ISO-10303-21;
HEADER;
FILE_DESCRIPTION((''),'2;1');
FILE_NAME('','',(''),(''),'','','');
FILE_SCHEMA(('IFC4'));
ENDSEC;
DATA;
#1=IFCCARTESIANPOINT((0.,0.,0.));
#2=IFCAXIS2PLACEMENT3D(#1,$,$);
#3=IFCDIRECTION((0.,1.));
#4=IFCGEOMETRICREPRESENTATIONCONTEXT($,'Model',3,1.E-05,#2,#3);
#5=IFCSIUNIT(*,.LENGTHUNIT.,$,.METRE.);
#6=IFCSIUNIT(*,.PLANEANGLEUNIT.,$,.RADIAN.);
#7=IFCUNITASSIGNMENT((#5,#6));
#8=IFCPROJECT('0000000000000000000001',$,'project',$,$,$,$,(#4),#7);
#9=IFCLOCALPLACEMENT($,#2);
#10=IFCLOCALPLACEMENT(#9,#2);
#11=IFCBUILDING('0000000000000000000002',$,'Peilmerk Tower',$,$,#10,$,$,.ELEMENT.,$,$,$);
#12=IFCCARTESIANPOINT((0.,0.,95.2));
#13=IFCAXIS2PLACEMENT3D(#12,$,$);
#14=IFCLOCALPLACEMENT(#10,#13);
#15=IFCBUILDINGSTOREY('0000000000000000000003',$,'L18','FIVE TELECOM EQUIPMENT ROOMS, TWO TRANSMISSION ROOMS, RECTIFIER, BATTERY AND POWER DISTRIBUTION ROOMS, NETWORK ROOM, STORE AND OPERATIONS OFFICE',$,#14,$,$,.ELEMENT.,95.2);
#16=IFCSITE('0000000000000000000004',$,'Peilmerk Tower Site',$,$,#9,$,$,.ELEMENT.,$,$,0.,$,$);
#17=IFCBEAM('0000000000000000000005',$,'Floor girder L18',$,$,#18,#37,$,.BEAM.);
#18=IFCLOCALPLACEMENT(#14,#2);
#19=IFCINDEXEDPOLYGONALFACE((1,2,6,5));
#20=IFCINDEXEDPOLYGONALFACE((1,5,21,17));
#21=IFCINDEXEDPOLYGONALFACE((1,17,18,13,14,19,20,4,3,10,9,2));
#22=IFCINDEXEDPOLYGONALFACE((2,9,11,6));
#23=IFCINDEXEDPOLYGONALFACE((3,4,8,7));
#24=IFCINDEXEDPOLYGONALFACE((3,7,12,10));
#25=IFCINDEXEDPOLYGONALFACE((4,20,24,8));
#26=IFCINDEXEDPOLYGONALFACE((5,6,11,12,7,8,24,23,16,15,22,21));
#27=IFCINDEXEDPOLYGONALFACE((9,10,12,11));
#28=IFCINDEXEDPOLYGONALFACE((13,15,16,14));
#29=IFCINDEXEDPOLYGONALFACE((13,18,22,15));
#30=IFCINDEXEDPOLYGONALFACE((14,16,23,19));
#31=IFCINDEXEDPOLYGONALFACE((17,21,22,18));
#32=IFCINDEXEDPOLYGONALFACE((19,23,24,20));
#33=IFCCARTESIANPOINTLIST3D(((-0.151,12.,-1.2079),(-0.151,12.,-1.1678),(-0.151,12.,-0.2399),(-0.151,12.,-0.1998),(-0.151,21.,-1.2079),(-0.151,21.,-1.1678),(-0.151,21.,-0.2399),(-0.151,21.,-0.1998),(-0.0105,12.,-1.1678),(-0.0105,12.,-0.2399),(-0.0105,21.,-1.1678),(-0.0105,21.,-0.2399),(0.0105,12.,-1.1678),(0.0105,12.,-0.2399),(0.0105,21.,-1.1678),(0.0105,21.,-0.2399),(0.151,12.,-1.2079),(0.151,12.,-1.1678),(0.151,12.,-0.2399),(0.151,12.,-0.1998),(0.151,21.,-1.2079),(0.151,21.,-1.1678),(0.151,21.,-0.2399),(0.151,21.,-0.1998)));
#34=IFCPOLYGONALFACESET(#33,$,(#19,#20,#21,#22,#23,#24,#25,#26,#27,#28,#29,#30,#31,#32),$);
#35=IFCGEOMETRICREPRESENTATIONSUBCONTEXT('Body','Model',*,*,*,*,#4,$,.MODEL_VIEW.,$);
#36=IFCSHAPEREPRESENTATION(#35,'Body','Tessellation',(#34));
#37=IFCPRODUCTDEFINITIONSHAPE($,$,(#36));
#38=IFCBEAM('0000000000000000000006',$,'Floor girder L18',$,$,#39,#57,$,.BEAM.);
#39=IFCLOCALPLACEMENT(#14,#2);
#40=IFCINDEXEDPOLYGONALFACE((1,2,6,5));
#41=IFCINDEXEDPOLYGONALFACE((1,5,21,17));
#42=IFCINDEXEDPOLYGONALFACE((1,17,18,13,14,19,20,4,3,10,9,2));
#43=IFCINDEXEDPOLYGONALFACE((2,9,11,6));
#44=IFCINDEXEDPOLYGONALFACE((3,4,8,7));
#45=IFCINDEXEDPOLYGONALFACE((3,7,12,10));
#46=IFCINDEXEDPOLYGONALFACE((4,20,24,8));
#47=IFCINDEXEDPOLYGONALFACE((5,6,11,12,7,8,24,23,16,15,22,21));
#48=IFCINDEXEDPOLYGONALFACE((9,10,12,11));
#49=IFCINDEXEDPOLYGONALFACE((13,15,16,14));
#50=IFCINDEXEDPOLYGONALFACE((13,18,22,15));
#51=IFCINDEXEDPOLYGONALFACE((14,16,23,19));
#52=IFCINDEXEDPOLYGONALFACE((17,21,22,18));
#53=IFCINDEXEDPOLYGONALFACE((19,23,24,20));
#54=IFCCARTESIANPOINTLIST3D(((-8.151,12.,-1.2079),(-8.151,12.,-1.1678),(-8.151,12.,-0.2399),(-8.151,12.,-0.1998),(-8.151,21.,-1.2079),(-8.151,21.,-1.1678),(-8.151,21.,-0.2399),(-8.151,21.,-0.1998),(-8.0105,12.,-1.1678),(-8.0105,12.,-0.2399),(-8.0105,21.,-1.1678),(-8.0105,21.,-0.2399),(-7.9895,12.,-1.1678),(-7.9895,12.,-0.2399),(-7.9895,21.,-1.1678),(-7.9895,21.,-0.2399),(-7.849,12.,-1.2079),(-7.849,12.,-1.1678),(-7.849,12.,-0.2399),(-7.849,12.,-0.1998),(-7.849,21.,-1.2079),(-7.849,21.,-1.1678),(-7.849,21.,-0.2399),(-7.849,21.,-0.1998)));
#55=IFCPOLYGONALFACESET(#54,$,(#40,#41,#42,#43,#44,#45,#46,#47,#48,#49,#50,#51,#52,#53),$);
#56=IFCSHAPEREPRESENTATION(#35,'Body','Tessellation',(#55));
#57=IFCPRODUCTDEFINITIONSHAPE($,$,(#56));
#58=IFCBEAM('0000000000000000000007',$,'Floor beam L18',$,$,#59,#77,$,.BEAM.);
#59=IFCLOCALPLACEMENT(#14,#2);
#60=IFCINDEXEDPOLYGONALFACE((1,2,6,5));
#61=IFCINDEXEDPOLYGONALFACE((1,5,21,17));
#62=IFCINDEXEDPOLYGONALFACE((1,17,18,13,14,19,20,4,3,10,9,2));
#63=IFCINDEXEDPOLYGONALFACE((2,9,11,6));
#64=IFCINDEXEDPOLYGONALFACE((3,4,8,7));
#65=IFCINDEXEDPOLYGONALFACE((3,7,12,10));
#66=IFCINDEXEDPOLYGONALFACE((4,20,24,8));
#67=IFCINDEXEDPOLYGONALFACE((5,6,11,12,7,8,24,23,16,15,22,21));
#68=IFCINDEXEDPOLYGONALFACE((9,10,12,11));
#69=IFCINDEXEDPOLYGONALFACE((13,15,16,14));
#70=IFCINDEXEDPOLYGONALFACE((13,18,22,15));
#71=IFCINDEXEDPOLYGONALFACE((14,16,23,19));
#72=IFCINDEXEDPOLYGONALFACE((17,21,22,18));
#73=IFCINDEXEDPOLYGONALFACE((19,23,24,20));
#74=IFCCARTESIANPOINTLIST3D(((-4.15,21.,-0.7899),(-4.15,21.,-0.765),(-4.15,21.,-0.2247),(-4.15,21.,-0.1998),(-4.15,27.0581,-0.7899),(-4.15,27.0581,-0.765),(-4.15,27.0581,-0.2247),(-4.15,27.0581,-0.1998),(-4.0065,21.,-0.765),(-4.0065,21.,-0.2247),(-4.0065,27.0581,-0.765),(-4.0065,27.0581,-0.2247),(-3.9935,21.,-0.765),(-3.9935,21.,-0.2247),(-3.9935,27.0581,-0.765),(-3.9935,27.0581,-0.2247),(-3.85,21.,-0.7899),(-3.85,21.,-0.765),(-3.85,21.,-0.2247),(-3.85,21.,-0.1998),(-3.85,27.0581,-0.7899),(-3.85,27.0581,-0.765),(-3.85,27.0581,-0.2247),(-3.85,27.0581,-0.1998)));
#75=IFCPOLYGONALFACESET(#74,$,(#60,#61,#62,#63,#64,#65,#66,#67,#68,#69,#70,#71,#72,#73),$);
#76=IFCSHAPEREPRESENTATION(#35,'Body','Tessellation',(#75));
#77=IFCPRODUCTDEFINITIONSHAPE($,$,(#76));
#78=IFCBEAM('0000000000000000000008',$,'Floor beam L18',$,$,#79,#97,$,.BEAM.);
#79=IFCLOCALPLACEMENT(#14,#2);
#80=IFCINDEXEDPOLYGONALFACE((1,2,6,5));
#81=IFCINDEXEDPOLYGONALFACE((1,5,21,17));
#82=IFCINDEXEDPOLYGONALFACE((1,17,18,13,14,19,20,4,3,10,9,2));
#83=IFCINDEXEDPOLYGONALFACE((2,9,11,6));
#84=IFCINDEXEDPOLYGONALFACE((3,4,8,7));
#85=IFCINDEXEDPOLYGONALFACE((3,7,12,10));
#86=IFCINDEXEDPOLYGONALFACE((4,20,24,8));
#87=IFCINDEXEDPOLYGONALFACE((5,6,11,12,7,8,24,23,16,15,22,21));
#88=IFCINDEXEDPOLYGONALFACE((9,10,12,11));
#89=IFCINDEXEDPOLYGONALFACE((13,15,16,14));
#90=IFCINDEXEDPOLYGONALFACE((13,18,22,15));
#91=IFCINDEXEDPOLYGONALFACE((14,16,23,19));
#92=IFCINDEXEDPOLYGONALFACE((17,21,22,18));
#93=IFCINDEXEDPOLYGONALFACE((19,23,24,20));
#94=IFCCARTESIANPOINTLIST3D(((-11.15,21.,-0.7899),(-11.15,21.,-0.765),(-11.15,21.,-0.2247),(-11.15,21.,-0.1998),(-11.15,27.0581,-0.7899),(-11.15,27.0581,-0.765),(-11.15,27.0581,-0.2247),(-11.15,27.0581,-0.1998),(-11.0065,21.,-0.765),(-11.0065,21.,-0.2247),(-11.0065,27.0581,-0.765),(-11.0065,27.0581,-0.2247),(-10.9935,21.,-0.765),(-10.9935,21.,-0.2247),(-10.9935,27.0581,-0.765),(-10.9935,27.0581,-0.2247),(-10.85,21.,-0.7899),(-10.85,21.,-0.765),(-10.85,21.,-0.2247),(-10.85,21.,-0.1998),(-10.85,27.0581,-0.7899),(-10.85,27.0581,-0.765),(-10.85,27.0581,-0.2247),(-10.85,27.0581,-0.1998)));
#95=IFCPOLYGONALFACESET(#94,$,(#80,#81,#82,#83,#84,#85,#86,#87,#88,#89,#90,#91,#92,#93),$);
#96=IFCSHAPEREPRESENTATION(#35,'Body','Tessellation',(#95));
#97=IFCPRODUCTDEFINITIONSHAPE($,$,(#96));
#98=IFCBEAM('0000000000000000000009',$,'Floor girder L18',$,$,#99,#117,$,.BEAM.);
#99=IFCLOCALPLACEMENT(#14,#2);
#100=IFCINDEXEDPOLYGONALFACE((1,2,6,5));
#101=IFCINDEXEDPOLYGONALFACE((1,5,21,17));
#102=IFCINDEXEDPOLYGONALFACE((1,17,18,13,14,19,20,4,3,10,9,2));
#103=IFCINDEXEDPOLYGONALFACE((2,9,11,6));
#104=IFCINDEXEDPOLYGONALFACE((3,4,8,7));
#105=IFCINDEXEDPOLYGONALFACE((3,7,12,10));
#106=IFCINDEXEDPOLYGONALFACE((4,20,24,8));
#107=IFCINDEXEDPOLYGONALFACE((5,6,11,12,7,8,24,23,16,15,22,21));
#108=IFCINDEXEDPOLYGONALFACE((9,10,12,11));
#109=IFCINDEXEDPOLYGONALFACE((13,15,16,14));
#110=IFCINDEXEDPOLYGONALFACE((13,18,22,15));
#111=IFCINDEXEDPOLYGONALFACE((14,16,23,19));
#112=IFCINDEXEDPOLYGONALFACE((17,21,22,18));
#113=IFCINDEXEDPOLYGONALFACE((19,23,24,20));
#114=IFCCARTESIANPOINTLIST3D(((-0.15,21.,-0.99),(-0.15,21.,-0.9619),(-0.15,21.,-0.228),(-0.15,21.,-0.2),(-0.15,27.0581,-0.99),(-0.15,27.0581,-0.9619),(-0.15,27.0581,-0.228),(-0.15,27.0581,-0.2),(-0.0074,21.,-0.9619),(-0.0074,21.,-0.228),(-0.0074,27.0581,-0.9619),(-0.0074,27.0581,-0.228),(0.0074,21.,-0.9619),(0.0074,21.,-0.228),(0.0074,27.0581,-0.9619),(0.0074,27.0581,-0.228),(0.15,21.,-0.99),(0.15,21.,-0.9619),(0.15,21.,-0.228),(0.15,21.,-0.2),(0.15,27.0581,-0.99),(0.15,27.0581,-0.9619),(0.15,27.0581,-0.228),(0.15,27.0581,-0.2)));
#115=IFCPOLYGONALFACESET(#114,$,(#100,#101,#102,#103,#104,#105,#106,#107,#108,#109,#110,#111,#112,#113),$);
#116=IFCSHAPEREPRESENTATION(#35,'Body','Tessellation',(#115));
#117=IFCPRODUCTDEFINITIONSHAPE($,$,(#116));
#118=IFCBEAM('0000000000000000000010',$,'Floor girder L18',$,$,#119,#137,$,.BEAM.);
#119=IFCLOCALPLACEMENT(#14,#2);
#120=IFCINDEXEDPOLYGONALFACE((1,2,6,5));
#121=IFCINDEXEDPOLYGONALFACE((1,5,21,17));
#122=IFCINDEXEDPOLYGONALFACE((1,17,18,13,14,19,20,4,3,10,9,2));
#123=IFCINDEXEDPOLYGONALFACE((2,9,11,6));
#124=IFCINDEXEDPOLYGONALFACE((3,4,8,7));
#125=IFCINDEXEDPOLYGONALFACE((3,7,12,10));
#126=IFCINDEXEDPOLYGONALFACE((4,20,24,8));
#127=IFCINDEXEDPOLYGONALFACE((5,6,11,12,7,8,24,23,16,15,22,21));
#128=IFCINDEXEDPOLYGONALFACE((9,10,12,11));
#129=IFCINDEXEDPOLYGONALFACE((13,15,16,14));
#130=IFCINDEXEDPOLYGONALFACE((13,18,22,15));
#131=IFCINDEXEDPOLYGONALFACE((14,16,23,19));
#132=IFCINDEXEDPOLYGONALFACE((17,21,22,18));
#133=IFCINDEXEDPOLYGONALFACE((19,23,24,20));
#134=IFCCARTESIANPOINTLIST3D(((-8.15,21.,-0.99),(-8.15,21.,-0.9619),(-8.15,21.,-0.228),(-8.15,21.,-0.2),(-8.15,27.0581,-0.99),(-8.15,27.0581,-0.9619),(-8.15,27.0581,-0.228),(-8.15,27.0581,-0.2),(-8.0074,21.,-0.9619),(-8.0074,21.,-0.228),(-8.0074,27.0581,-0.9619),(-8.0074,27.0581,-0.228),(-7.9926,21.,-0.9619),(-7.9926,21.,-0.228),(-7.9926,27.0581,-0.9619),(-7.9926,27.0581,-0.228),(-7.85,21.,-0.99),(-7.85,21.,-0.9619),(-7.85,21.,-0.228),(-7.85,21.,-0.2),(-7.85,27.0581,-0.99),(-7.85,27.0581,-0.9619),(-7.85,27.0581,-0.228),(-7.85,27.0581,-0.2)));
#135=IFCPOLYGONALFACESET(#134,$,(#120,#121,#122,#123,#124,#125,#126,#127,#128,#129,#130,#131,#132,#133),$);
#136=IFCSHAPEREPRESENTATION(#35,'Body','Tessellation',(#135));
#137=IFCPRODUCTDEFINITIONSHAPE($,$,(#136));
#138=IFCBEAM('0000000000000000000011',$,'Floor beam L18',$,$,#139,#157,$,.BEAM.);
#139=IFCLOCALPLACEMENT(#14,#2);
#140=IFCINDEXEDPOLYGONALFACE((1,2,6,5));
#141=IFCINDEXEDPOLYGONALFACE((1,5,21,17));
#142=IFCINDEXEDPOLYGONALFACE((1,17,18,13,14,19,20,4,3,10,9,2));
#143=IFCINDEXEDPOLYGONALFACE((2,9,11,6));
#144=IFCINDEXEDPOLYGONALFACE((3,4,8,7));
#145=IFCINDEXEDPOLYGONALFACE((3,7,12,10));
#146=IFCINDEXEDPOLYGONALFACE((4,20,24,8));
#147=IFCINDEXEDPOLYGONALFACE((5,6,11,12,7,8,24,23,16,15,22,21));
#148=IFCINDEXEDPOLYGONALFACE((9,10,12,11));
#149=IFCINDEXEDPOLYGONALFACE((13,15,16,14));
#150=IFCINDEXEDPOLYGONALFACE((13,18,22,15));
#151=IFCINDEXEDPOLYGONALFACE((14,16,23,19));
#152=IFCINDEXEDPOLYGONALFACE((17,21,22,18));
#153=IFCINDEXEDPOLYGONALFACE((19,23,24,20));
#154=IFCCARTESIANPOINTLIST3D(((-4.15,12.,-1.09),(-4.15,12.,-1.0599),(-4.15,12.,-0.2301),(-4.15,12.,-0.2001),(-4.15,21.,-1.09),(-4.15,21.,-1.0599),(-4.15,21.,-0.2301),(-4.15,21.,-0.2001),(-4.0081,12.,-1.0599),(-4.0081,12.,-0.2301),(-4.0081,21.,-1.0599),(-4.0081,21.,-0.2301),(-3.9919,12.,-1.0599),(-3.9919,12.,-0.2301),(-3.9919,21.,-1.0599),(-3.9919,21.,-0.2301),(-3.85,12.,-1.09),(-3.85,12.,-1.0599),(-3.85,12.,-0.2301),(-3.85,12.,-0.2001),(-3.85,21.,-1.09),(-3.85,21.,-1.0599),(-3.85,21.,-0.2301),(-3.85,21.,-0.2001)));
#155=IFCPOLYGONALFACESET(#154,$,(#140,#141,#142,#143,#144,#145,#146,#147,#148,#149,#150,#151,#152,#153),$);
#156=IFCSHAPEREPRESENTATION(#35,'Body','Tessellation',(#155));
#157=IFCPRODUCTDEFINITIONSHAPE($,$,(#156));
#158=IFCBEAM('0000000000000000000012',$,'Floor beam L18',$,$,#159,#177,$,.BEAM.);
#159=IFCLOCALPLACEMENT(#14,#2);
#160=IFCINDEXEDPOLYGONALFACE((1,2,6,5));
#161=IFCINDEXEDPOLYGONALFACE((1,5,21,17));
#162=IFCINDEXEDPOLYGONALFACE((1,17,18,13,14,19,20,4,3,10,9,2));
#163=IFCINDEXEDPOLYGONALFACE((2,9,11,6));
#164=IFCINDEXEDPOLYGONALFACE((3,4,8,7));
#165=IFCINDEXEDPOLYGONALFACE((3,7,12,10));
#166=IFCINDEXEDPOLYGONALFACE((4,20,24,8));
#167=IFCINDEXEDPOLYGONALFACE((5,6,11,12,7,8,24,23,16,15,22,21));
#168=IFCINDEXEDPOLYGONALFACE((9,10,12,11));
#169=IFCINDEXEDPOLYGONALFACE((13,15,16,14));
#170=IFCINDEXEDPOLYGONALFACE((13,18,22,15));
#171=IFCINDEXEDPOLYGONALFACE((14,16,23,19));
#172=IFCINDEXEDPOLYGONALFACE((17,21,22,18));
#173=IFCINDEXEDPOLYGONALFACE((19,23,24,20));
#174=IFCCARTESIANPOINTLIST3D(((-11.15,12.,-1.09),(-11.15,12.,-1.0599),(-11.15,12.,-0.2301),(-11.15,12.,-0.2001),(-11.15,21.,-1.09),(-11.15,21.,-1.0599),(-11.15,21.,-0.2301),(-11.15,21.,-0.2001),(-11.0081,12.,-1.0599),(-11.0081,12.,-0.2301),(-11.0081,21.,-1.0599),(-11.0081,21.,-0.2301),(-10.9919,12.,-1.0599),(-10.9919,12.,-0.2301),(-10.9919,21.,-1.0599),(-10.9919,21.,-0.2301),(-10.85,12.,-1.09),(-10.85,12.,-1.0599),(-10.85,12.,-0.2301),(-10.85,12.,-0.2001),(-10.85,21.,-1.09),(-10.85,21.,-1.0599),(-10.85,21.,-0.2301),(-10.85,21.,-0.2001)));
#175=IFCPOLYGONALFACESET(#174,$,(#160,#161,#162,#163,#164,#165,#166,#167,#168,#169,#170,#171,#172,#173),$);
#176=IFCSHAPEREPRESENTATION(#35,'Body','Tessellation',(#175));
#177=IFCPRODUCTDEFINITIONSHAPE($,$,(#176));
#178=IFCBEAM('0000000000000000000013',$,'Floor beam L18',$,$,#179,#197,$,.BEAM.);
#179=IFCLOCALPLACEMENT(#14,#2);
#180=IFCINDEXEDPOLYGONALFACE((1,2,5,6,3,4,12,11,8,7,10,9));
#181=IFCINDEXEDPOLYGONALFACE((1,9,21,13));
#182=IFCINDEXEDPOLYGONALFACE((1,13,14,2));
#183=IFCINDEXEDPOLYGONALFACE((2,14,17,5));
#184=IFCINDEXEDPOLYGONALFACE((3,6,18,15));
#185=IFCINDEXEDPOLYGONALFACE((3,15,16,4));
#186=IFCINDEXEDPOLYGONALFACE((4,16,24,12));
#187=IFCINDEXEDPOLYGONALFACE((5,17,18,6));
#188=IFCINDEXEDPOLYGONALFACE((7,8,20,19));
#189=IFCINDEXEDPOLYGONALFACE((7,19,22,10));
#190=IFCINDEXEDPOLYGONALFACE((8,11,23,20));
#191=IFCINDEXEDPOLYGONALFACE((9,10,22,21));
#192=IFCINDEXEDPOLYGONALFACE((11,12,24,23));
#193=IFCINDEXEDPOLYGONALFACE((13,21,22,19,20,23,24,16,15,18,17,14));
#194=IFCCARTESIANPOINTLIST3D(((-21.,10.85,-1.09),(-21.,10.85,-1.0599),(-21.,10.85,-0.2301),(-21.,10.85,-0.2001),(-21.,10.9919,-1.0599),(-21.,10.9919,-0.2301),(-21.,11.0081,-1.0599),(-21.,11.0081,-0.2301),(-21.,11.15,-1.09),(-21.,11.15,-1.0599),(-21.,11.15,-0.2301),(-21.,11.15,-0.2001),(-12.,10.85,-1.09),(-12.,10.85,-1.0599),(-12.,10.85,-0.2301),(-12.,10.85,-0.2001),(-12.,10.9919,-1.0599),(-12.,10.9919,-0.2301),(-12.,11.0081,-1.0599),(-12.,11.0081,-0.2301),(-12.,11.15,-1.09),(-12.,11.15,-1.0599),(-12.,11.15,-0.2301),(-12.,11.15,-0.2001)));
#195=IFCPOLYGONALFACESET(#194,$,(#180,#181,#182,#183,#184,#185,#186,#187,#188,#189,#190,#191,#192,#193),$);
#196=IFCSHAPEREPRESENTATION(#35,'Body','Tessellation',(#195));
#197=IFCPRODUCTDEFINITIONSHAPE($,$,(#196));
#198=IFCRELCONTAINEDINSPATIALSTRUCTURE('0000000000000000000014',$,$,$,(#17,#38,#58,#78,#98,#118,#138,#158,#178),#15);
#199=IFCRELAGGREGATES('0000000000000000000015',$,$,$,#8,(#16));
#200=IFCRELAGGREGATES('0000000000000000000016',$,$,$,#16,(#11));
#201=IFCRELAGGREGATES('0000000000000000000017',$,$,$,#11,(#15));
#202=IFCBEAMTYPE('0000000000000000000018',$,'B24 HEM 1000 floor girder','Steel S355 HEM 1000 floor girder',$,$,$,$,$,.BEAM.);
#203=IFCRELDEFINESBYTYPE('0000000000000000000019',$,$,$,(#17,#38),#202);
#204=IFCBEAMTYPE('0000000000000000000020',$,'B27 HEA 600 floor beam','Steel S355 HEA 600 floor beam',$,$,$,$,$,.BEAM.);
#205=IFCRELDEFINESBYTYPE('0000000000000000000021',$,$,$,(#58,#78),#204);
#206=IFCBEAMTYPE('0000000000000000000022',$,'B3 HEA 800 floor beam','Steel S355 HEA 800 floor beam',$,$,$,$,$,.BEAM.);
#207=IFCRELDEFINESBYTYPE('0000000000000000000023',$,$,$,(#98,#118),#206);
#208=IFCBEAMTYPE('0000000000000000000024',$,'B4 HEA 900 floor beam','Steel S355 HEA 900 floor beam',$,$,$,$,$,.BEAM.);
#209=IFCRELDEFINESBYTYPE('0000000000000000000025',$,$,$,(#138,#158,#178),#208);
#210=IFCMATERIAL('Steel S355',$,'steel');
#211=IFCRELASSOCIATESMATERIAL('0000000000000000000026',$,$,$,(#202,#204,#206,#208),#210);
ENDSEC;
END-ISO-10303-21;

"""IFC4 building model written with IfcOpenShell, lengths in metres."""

from ifc_helpers import new_model, si_unit, direction, frame, origin, origin_2d, place, context, subcontext, project, spatial, i_section, extrude, material, material_profile, profile_set, type_object, element, save


model = new_model("IFC4")

# Units and contexts
model_context = context("Model", 3, precision=1e-05, world=origin(), true_north=direction((0.0, 1.0)))
body_context = subcontext(model_context, "Body", "Model", "MODEL_VIEW")
ifc_project = project(units=[si_unit("LENGTHUNIT", "METRE"), si_unit("PLANEANGLEUNIT", "RADIAN")], contexts=[model_context])

# Site, building, storey
site_placement = place(None, origin())
site = spatial("IfcSite", under=ifc_project, at=site_placement, Name="Peilmerk Tower Site", CompositionType="ELEMENT", RefElevation=0.0)
building_placement = place(site_placement, origin())
building = spatial("IfcBuilding", under=site, at=building_placement, Name="Peilmerk Tower", CompositionType="ELEMENT")
storey_placement = place(building_placement, frame((0.0, 0.0, 95.2)))
storey = spatial("IfcBuildingStorey", under=building, at=storey_placement, Name="L18", Description="FIVE TELECOM EQUIPMENT ROOMS, TWO TRANSMISSION ROOMS, RECTIFIER, BATTERY AND POWER DISTRIBUTION ROOMS, NETWORK ROOM, STORE AND OPERATIONS OFFICE", CompositionType="ELEMENT", Elevation=95.2)

# Beams
ifc_material_1 = material(Name="Steel S355", Category="steel")
ifc_material_profile_1 = material_profile(ifc_material_1, i_section(OverallWidth=0.302, OverallDepth=1.0081, WebThickness=0.021, FlangeThickness=0.04, at=origin_2d()), Name="HEM 1000")
ifc_profile_set_1 = profile_set([ifc_material_profile_1], Name="Steel S355")
beam_type_1 = type_object("IfcBeamType", Name="B24 HEM 1000 floor girder", Description="Steel S355 HEM 1000 floor girder", PredefinedType="BEAM", material=ifc_profile_set_1)
for number, where, z_axis, x_axis, name in (
    (1, (0.0, 12.0, -0.7039), (0.0, 1.0, 0.0), (-1.0, 0.0, 0.0), "Floor girder L18"),
    (2, (-8.0, 12.0, -0.7039), (0.0, 1.0, 0.0), (-1.0, 0.0, 0.0), "Floor girder L18"),
):
    element("IfcBeam", number, at=place(storey_placement, frame(where, z_axis=z_axis, x_axis=x_axis)), inside=storey, type_object=beam_type_1, Name=name, PredefinedType="BEAM", context=body_context, shape_type="SweptSolid", body=[
        extrude(i_section(OverallWidth=0.302, OverallDepth=1.0081, WebThickness=0.021, FlangeThickness=0.04, at=origin_2d()), origin(), (0.0, 0.0, 1.0), 9.0),
    ])
ifc_material_profile_2 = material_profile(ifc_material_1, i_section(OverallWidth=0.3, OverallDepth=0.5901, WebThickness=0.0129, FlangeThickness=0.0249, at=origin_2d()), Name="HEA 600")
ifc_profile_set_2 = profile_set([ifc_material_profile_2], Name="Steel S355")
beam_type_2 = type_object("IfcBeamType", Name="B27 HEA 600 floor beam", Description="Steel S355 HEA 600 floor beam", PredefinedType="BEAM", material=ifc_profile_set_2)
for number, where, z_axis, x_axis, name in (
    (3, (-4.0, 21.0, -0.4949), (0.0, 1.0, 0.0), (-1.0, 0.0, 0.0), "Floor beam L18"),
    (4, (-11.0, 21.0, -0.4949), (0.0, 1.0, 0.0), (-1.0, 0.0, 0.0), "Floor beam L18"),
):
    element("IfcBeam", number, at=place(storey_placement, frame(where, z_axis=z_axis, x_axis=x_axis)), inside=storey, type_object=beam_type_2, Name=name, PredefinedType="BEAM", context=body_context, shape_type="SweptSolid", body=[
        extrude(i_section(OverallWidth=0.3, OverallDepth=0.5901, WebThickness=0.0129, FlangeThickness=0.0249, at=origin_2d()), origin(), (0.0, 0.0, 1.0), 6.0581),
    ])
ifc_material_profile_3 = material_profile(ifc_material_1, i_section(OverallWidth=0.3, OverallDepth=0.79, WebThickness=0.0149, FlangeThickness=0.0281, at=origin_2d()), Name="HEA 800")
ifc_profile_set_3 = profile_set([ifc_material_profile_3], Name="Steel S355")
beam_type_3 = type_object("IfcBeamType", Name="B3 HEA 800 floor beam", Description="Steel S355 HEA 800 floor beam", PredefinedType="BEAM", material=ifc_profile_set_3)
for number, where, z_axis, x_axis, name in (
    (5, (0.0, 21.0, -0.595), (0.0, 1.0, 0.0), (-1.0, 0.0, 0.0), "Floor girder L18"),
    (6, (-8.0, 21.0, -0.595), (0.0, 1.0, 0.0), (-1.0, 0.0, 0.0), "Floor girder L18"),
):
    element("IfcBeam", number, at=place(storey_placement, frame(where, z_axis=z_axis, x_axis=x_axis)), inside=storey, type_object=beam_type_3, Name=name, PredefinedType="BEAM", context=body_context, shape_type="SweptSolid", body=[
        extrude(i_section(OverallWidth=0.3, OverallDepth=0.79, WebThickness=0.0149, FlangeThickness=0.0281, at=origin_2d()), origin(), (0.0, 0.0, 1.0), 6.0581),
    ])
ifc_material_profile_4 = material_profile(ifc_material_1, i_section(OverallWidth=0.3, OverallDepth=0.8899, WebThickness=0.0161, FlangeThickness=0.03, at=origin_2d()), Name="HEA 900")
ifc_profile_set_4 = profile_set([ifc_material_profile_4], Name="Steel S355")
beam_type_4 = type_object("IfcBeamType", Name="B4 HEA 900 floor beam", Description="Steel S355 HEA 900 floor beam", PredefinedType="BEAM", material=ifc_profile_set_4)
for number, where, z_axis, x_axis, name in (
    (7, (-4.0, 12.0, -0.645), (0.0, 1.0, 0.0), (-1.0, 0.0, 0.0), "Floor beam L18"),
    (8, (-11.0, 12.0, -0.645), (0.0, 1.0, 0.0), (-1.0, 0.0, 0.0), "Floor beam L18"),
    (9, (-12.0, 11.0, -0.645), (-1.0, 0.0, 0.0), (0.0, -1.0, 0.0), "Floor beam L18"),
):
    element("IfcBeam", number, at=place(storey_placement, frame(where, z_axis=z_axis, x_axis=x_axis)), inside=storey, type_object=beam_type_4, Name=name, PredefinedType="BEAM", context=body_context, shape_type="SweptSolid", body=[
        extrude(i_section(OverallWidth=0.3, OverallDepth=0.8899, WebThickness=0.0161, FlangeThickness=0.03, at=origin_2d()), origin(), (0.0, 0.0, 1.0), 9.0),
    ])

save(model, "model.ifc")
